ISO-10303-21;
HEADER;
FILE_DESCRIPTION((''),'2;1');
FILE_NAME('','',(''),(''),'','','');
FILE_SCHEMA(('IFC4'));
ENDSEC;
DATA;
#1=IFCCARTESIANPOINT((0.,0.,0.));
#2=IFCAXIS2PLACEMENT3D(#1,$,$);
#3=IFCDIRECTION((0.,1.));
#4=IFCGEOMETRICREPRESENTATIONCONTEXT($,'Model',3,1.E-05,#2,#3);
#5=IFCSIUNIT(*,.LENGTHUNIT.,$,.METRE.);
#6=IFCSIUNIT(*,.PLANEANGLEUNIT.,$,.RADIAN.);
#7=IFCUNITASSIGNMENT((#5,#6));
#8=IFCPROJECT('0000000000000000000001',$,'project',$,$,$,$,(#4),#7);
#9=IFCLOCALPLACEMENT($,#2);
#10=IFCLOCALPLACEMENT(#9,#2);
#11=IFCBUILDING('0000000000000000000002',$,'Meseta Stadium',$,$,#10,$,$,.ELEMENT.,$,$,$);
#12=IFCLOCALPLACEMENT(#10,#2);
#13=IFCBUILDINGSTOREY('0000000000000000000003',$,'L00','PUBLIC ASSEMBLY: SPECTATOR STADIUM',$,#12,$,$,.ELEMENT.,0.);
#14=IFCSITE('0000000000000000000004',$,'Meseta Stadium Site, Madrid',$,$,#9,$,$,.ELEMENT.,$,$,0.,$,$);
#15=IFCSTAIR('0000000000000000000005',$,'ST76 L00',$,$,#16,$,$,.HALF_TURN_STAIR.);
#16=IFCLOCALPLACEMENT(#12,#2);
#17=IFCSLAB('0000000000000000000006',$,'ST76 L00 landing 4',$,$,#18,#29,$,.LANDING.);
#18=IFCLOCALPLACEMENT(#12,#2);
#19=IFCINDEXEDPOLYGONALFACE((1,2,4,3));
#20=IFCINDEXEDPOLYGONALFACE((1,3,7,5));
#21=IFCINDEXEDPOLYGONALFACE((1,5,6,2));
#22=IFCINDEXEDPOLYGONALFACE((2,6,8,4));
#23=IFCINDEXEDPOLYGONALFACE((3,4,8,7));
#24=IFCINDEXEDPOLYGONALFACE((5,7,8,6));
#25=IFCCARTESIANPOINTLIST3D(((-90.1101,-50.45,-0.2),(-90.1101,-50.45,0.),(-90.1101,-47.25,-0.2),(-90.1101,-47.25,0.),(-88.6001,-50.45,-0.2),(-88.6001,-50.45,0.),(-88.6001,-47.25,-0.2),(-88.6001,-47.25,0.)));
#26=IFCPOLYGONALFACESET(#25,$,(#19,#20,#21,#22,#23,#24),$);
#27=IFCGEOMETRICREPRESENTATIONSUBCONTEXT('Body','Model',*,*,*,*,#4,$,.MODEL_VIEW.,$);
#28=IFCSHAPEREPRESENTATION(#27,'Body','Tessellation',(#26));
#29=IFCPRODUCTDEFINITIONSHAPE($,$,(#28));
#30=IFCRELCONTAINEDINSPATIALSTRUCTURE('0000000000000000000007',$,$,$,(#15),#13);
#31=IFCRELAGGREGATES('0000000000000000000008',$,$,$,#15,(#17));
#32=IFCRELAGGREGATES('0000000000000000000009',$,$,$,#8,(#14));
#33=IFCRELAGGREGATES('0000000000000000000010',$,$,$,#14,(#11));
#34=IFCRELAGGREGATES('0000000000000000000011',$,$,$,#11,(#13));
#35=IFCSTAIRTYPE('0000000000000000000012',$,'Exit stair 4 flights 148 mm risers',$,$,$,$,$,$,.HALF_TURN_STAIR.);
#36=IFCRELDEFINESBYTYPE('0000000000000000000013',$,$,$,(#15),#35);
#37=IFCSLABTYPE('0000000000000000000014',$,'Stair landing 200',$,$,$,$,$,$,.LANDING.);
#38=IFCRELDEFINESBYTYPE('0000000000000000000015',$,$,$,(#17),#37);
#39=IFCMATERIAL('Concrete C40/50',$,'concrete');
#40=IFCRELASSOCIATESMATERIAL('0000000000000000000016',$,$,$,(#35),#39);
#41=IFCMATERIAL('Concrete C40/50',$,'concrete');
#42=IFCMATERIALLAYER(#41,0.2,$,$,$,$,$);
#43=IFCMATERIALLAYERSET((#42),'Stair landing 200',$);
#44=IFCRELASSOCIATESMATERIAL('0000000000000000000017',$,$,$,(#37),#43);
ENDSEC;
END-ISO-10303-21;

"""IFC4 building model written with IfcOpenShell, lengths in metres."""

from ifc_helpers import new_model, si_unit, direction, frame, origin, place, context, subcontext, project, spatial, polyline, outline, extrude, material, layer, layer_set, type_object, element, aggregate, save


model = new_model("IFC4")

# Units and contexts
model_context = context("Model", 3, precision=1e-05, world=origin(), true_north=direction((0.0, 1.0)))
body_context = subcontext(model_context, "Body", "Model", "MODEL_VIEW")
ifc_project = project(units=[si_unit("LENGTHUNIT", "METRE"), si_unit("PLANEANGLEUNIT", "RADIAN")], contexts=[model_context])

# Site, building, storey
site_placement = place(None, origin())
site = spatial("IfcSite", under=ifc_project, at=site_placement, Name="Meseta Stadium Site, Madrid", CompositionType="ELEMENT", RefElevation=0.0)
building_placement = place(site_placement, origin())
building = spatial("IfcBuilding", under=site, at=building_placement, Name="Meseta Stadium", CompositionType="ELEMENT")
storey_placement = place(building_placement, origin())
storey = spatial("IfcBuildingStorey", under=building, at=storey_placement, Name="L00", Description="PUBLIC ASSEMBLY: SPECTATOR STADIUM", CompositionType="ELEMENT", Elevation=0.0)

# Stair, slab
ifc_material_1 = material(Name="Concrete C40/50", Category="concrete")
stair_type = type_object("IfcStairType", Name="Exit stair 4 flights 148 mm risers", PredefinedType="HALF_TURN_STAIR", material=ifc_material_1)
ifc_material_2 = material(Name="Concrete C40/50", Category="concrete")
ifc_layer = layer(ifc_material_2, 0.2)
ifc_layer_set = layer_set([ifc_layer], Name="Stair landing 200")
slab_type = type_object("IfcSlabType", Name="Stair landing 200", PredefinedType="LANDING", material=ifc_layer_set)
stair_1_placement = place(storey_placement, origin())
stair_1 = element("IfcStair", 1, at=stair_1_placement, inside=storey, type_object=stair_type, Name="ST76 L00", PredefinedType="HALF_TURN_STAIR")
slab_1_placement = place(storey_placement, frame((0.0, 0.0, -0.2)))
slab_1 = element("IfcSlab", 2, at=slab_1_placement, type_object=slab_type, Name="ST76 L00 landing 4", PredefinedType="LANDING", context=body_context, shape_type="SweptSolid", body=[
    extrude(outline(polyline([(-88.6001, -47.25), (-90.1101, -47.25), (-90.1101, -50.45), (-88.6001, -50.45), (-88.6001, -47.25)])), origin(), (0.0, 0.0, 1.0), 0.2),
])
aggregate(stair_1, [slab_1])

save(model, "model.ifc")
